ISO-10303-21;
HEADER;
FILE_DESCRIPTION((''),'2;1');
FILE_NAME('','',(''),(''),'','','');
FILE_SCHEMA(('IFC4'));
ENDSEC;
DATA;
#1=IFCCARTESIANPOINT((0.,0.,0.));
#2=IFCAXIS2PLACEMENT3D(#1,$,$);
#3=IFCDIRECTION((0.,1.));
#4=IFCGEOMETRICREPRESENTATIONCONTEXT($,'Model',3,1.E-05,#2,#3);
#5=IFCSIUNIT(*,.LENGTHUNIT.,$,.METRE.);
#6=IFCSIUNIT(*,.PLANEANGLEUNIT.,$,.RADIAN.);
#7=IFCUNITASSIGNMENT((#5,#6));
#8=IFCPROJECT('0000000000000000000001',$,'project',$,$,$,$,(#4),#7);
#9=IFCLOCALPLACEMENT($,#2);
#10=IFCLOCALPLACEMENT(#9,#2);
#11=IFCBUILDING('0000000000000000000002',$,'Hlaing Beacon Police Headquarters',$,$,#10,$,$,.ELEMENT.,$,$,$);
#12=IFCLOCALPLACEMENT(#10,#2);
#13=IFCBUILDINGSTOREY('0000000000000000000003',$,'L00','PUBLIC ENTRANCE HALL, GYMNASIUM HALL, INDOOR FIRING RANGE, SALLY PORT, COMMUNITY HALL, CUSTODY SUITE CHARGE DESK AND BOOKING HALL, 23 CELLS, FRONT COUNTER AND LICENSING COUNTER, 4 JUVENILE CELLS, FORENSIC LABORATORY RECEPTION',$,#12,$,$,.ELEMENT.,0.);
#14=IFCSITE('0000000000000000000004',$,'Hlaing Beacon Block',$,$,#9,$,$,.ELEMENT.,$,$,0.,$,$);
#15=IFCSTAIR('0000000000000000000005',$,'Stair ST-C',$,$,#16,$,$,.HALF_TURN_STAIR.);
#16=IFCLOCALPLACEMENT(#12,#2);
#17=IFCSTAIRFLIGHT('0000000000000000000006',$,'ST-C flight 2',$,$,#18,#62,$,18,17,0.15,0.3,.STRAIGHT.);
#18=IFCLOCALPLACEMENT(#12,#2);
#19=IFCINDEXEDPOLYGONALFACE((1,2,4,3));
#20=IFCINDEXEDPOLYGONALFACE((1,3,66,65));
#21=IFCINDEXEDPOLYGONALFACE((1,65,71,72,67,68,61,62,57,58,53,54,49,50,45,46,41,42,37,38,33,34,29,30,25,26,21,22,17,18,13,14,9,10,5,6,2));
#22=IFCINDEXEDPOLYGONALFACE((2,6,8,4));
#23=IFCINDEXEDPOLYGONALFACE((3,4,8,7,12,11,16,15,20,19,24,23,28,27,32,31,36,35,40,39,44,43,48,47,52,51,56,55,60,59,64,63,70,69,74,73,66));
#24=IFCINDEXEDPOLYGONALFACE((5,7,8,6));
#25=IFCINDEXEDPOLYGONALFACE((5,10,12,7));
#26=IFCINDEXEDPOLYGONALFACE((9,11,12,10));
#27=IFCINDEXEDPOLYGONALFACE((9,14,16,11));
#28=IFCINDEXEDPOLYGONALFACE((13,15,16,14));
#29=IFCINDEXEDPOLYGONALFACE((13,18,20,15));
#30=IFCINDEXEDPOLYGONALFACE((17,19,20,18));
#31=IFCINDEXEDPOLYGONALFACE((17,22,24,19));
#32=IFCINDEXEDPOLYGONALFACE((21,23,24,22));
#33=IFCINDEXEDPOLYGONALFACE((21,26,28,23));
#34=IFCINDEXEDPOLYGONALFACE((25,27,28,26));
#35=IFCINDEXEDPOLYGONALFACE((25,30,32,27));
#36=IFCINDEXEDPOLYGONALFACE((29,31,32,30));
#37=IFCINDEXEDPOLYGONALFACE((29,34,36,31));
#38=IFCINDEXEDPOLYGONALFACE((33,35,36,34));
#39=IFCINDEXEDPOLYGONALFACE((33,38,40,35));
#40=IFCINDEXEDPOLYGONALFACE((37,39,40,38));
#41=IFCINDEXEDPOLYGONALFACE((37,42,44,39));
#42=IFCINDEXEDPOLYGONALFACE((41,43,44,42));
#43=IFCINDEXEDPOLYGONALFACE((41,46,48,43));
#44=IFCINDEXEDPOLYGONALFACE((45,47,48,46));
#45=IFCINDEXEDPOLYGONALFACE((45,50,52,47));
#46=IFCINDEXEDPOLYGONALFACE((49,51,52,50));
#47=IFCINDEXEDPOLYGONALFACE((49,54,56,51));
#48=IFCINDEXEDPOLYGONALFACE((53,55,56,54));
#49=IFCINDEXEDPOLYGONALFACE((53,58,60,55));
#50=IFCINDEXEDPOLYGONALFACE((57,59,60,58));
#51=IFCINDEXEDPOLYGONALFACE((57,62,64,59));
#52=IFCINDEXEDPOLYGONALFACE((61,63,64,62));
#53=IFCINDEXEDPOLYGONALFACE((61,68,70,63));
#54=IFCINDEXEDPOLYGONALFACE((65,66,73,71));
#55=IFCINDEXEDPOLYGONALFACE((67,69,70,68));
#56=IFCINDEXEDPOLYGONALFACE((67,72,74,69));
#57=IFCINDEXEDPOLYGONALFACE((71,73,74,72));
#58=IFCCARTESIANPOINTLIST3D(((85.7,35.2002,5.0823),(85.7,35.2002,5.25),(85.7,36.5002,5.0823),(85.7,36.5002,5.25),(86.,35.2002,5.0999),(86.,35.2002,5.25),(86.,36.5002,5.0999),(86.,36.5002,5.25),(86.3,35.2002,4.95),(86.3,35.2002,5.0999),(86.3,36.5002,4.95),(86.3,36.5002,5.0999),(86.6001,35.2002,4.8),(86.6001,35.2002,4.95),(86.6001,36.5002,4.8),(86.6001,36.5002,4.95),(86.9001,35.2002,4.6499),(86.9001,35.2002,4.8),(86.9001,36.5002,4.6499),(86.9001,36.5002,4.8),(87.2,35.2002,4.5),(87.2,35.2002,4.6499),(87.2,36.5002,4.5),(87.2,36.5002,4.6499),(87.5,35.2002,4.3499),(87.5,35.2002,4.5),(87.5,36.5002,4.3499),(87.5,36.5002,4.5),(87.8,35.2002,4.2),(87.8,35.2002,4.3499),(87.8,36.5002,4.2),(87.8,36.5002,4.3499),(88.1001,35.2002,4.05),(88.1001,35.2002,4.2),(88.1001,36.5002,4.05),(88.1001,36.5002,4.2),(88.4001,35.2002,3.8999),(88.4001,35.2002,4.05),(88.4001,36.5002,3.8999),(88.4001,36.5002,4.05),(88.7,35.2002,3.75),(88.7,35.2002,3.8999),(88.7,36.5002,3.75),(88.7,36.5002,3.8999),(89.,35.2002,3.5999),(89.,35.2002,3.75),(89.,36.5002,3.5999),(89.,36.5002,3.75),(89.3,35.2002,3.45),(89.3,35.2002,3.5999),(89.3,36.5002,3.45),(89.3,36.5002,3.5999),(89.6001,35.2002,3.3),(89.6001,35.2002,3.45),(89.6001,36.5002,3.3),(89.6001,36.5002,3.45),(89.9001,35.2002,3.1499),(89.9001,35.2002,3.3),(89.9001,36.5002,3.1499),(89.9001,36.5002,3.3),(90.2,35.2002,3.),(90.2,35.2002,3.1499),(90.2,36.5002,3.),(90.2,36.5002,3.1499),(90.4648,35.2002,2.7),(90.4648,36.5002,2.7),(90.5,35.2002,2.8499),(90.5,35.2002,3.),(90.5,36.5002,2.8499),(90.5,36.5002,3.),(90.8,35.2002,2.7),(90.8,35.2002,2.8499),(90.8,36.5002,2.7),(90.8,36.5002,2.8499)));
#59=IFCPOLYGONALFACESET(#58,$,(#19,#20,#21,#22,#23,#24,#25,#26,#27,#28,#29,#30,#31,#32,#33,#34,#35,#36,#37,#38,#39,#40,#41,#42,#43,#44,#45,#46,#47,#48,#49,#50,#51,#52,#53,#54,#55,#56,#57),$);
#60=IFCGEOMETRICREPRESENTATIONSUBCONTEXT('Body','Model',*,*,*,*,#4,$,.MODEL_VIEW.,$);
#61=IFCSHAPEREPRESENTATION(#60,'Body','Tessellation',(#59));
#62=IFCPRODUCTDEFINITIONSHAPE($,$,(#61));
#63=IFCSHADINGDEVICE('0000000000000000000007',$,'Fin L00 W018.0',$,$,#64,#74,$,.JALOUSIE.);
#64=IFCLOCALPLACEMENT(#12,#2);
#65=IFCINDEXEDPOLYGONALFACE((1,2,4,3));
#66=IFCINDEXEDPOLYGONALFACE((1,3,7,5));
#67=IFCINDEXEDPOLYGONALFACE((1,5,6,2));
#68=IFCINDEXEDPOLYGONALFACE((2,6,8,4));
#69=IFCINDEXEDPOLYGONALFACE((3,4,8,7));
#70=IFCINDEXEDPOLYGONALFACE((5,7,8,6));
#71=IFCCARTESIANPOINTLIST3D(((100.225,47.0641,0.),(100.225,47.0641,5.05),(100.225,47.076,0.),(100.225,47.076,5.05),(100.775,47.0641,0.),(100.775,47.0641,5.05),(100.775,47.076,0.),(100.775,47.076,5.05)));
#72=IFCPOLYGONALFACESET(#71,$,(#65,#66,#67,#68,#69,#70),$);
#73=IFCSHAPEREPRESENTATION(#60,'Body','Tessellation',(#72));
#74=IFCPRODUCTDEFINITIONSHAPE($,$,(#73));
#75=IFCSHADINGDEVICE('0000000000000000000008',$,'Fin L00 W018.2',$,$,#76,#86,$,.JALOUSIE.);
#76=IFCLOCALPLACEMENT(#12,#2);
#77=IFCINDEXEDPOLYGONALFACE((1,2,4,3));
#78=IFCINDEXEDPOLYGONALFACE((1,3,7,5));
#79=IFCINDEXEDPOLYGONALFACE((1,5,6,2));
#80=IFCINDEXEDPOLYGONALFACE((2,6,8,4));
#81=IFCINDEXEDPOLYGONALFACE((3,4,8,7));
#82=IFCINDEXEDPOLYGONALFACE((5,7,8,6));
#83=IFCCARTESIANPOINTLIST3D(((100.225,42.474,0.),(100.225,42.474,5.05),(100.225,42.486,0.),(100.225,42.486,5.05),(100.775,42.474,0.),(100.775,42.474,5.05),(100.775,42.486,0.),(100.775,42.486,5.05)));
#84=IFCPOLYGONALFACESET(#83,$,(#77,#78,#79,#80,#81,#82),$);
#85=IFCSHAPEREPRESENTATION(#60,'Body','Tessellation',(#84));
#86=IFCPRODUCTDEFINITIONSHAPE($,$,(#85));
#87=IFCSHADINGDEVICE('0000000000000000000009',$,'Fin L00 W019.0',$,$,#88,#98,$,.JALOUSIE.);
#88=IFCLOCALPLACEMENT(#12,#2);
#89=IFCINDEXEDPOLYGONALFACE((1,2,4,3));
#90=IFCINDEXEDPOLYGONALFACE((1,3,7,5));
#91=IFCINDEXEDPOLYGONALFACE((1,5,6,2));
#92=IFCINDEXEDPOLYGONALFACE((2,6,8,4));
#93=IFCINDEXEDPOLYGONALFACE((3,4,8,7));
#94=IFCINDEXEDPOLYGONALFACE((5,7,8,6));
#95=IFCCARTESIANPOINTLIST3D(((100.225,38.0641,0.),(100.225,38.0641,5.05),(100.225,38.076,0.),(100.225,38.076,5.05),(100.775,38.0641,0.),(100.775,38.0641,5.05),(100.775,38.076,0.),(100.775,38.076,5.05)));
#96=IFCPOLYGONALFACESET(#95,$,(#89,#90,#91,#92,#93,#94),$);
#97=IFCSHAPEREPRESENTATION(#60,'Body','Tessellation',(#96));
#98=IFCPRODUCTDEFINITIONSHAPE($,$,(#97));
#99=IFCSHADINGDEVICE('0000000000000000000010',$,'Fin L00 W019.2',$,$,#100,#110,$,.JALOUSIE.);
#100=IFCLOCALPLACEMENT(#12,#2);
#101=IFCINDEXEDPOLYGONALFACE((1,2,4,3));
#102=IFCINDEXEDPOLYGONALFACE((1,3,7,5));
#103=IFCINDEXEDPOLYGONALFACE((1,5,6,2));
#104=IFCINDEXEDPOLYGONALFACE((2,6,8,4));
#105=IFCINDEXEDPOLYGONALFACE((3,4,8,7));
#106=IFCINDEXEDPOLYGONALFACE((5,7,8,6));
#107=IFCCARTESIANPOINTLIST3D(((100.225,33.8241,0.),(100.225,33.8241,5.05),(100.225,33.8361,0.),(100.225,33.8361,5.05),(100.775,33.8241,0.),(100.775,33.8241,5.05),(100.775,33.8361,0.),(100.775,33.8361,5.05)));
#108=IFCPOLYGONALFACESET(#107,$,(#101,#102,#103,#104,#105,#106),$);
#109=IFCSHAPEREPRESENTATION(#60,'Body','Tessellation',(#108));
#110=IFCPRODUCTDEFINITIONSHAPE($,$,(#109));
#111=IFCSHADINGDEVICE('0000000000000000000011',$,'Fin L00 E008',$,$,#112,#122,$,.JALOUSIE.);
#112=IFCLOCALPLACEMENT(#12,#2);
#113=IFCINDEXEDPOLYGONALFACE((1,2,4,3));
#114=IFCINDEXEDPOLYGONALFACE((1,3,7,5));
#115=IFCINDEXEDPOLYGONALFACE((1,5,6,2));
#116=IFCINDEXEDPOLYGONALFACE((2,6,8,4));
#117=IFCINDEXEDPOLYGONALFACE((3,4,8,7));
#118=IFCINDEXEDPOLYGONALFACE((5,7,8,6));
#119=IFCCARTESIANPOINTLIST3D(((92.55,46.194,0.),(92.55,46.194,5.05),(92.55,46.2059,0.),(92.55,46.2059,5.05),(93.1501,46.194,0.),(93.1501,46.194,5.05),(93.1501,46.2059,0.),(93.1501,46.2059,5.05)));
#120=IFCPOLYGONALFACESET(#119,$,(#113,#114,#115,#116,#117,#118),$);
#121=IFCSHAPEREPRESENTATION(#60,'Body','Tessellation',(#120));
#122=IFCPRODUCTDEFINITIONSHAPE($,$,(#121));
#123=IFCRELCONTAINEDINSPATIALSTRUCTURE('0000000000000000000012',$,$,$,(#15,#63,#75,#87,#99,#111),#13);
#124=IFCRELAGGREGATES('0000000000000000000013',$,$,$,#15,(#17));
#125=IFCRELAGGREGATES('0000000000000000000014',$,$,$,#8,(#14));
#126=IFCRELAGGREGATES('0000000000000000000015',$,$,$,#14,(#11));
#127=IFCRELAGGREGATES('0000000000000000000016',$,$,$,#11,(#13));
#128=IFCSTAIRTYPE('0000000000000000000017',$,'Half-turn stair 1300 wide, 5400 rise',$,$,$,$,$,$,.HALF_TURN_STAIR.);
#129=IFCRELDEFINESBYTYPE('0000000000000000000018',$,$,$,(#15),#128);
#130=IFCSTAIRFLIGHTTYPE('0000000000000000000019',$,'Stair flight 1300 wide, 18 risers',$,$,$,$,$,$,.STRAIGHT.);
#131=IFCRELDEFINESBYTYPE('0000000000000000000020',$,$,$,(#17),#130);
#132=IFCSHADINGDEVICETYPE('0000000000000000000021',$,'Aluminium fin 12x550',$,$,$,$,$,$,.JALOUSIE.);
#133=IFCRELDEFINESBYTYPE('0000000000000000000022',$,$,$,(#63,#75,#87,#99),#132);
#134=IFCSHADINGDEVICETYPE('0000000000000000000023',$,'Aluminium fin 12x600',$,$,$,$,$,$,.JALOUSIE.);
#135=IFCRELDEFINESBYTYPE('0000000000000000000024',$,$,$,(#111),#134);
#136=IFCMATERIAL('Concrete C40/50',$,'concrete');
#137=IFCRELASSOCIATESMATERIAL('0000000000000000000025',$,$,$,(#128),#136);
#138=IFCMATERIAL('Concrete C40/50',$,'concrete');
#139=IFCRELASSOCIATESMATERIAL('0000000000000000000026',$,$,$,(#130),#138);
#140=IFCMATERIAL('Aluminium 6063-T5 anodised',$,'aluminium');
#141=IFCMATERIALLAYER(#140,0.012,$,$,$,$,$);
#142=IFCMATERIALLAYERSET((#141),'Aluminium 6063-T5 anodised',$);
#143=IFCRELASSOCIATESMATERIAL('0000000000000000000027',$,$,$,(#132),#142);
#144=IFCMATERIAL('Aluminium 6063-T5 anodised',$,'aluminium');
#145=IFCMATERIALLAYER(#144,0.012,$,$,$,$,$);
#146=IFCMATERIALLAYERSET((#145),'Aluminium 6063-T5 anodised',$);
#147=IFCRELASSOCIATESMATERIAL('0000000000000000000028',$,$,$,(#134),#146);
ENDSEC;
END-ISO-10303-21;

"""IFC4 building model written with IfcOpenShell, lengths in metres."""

from ifc_helpers import new_model, si_unit, direction, frame, origin, origin_2d, place, context, subcontext, project, spatial, polyline, rectangle, outline, extrude, material, layer, layer_set, type_object, element, aggregate, save


model = new_model("IFC4")

# Units and contexts
model_context = context("Model", 3, precision=1e-05, world=origin(), true_north=direction((0.0, 1.0)))
body_context = subcontext(model_context, "Body", "Model", "MODEL_VIEW")
ifc_project = project(units=[si_unit("LENGTHUNIT", "METRE"), si_unit("PLANEANGLEUNIT", "RADIAN")], contexts=[model_context])

# Site, building, storey
site_placement = place(None, origin())
site = spatial("IfcSite", under=ifc_project, at=site_placement, Name="Hlaing Beacon Block", CompositionType="ELEMENT", RefElevation=0.0)
building_placement = place(site_placement, origin())
building = spatial("IfcBuilding", under=site, at=building_placement, Name="Hlaing Beacon Police Headquarters", CompositionType="ELEMENT")
storey_placement = place(building_placement, origin())
storey = spatial("IfcBuildingStorey", under=building, at=storey_placement, Name="L00", Description="PUBLIC ENTRANCE HALL, GYMNASIUM HALL, INDOOR FIRING RANGE, SALLY PORT, COMMUNITY HALL, CUSTODY SUITE CHARGE DESK AND BOOKING HALL, 23 CELLS, FRONT COUNTER AND LICENSING COUNTER, 4 JUVENILE CELLS, FORENSIC LABORATORY RECEPTION", CompositionType="ELEMENT", Elevation=0.0)

# Stair, stair flight
ifc_material_1 = material(Name="Concrete C40/50", Category="concrete")
stair_type = type_object("IfcStairType", Name="Half-turn stair 1300 wide, 5400 rise", PredefinedType="HALF_TURN_STAIR", material=ifc_material_1)
stair_placement = place(storey_placement, origin())
stair = element("IfcStair", 1, at=stair_placement, inside=storey, type_object=stair_type, Name="Stair ST-C", PredefinedType="HALF_TURN_STAIR")
ifc_material_2 = material(Name="Concrete C40/50", Category="concrete")
stair_flight_type = type_object("IfcStairFlightType", Name="Stair flight 1300 wide, 18 risers", PredefinedType="STRAIGHT", material=ifc_material_2)
stair_flight_placement = place(storey_placement, frame((90.8, 35.8501, 2.7), z_axis=(0.0, 0.0, 1.0), x_axis=(-1.0, 0.0, 0.0)))
stair_flight = element("IfcStairFlight", 2, at=stair_flight_placement, type_object=stair_flight_type, Name="ST-C flight 2", NumberOfRisers=18, NumberOfTreads=17, PredefinedType="STRAIGHT", RiserHeight=0.15, TreadLength=0.3, context=body_context, shape_type="SweptSolid", body=[
    extrude(outline(polyline([(0.0, 0.0), (0.0, 0.1499), (0.3, 0.1499), (0.3, 0.3), (0.6001, 0.3), (0.6001, 0.45), (0.8999, 0.45), (0.8999, 0.6001), (1.2, 0.6001), (1.2, 0.75), (1.5, 0.75), (1.5, 0.8999), (1.8, 0.8999), (1.8, 1.05), (2.1001, 1.05), (2.1001, 1.2), (2.3999, 1.2), (2.3999, 1.3501), (2.7, 1.3501), (2.7, 1.5), (3.0, 1.5), (3.0, 1.6499), (3.3, 1.6499), (3.3, 1.8), (3.6001, 1.8), (3.6001, 1.95), (3.8999, 1.95), (3.8999, 2.1001), (4.2, 2.1001), (4.2, 2.25), (4.5, 2.25), (4.5, 2.3999), (4.8, 2.3999), (4.8, 2.55), (5.1001, 2.55), (5.1001, 2.7), (5.1001, 2.3823), (0.3352, 0.0), (0.0, 0.0)])), frame((0.0, 0.6499, 0.0), z_axis=(0.0, -1.0, 0.0), x_axis=(1.0, 0.0, 0.0)), (0.0, 0.0, 1.0), 1.3),
])
aggregate(stair, [stair_flight])

# Shading devices
ifc_material_3 = material(Name="Aluminium 6063-T5 anodised", Category="aluminium")
ifc_layer_1 = layer(ifc_material_3, 0.012)
ifc_layer_set_1 = layer_set([ifc_layer_1], Name="Aluminium 6063-T5 anodised")
shading_device_type_1 = type_object("IfcShadingDeviceType", Name="Aluminium fin 12x550", PredefinedType="JALOUSIE", material=ifc_layer_set_1)
for number, where, z_axis, x_axis, name in (
    (3, (100.5, 47.0701, 0.0), (0.0, 0.0, 1.0), (0.0, -1.0, 0.0), "Fin L00 W018.0"),
    (4, (100.5, 42.48, 0.0), (0.0, 0.0, 1.0), (0.0, -1.0, 0.0), "Fin L00 W018.2"),
    (5, (100.5, 38.0701, 0.0), (0.0, 0.0, 1.0), (0.0, -1.0, 0.0), "Fin L00 W019.0"),
    (6, (100.5, 33.8301, 0.0), (0.0, 0.0, 1.0), (0.0, -1.0, 0.0), "Fin L00 W019.2"),
):
    element("IfcShadingDevice", number, at=place(storey_placement, frame(where, z_axis=z_axis, x_axis=x_axis)), inside=storey, type_object=shading_device_type_1, Name=name, PredefinedType="JALOUSIE", context=body_context, shape_type="SweptSolid", body=[
        extrude(rectangle(XDim=0.012, YDim=0.55, at=origin_2d()), origin(), (0.0, 0.0, 1.0), 5.05),
    ])
ifc_material_4 = material(Name="Aluminium 6063-T5 anodised", Category="aluminium")
ifc_layer_2 = layer(ifc_material_4, 0.012)
ifc_layer_set_2 = layer_set([ifc_layer_2], Name="Aluminium 6063-T5 anodised")
shading_device_type_2 = type_object("IfcShadingDeviceType", Name="Aluminium fin 12x600", PredefinedType="JALOUSIE", material=ifc_layer_set_2)
shading_device_placement = place(storey_placement, frame((92.8501, 46.2, 0.0), z_axis=(0.0, 0.0, 1.0), x_axis=(0.0, 1.0, 0.0)))
element("IfcShadingDevice", 7, at=shading_device_placement, inside=storey, type_object=shading_device_type_2, Name="Fin L00 E008", PredefinedType="JALOUSIE", context=body_context, shape_type="SweptSolid", body=[
    extrude(rectangle(XDim=0.012, YDim=0.6001, at=origin_2d()), origin(), (0.0, 0.0, 1.0), 5.05),
])

save(model, "model.ifc")
